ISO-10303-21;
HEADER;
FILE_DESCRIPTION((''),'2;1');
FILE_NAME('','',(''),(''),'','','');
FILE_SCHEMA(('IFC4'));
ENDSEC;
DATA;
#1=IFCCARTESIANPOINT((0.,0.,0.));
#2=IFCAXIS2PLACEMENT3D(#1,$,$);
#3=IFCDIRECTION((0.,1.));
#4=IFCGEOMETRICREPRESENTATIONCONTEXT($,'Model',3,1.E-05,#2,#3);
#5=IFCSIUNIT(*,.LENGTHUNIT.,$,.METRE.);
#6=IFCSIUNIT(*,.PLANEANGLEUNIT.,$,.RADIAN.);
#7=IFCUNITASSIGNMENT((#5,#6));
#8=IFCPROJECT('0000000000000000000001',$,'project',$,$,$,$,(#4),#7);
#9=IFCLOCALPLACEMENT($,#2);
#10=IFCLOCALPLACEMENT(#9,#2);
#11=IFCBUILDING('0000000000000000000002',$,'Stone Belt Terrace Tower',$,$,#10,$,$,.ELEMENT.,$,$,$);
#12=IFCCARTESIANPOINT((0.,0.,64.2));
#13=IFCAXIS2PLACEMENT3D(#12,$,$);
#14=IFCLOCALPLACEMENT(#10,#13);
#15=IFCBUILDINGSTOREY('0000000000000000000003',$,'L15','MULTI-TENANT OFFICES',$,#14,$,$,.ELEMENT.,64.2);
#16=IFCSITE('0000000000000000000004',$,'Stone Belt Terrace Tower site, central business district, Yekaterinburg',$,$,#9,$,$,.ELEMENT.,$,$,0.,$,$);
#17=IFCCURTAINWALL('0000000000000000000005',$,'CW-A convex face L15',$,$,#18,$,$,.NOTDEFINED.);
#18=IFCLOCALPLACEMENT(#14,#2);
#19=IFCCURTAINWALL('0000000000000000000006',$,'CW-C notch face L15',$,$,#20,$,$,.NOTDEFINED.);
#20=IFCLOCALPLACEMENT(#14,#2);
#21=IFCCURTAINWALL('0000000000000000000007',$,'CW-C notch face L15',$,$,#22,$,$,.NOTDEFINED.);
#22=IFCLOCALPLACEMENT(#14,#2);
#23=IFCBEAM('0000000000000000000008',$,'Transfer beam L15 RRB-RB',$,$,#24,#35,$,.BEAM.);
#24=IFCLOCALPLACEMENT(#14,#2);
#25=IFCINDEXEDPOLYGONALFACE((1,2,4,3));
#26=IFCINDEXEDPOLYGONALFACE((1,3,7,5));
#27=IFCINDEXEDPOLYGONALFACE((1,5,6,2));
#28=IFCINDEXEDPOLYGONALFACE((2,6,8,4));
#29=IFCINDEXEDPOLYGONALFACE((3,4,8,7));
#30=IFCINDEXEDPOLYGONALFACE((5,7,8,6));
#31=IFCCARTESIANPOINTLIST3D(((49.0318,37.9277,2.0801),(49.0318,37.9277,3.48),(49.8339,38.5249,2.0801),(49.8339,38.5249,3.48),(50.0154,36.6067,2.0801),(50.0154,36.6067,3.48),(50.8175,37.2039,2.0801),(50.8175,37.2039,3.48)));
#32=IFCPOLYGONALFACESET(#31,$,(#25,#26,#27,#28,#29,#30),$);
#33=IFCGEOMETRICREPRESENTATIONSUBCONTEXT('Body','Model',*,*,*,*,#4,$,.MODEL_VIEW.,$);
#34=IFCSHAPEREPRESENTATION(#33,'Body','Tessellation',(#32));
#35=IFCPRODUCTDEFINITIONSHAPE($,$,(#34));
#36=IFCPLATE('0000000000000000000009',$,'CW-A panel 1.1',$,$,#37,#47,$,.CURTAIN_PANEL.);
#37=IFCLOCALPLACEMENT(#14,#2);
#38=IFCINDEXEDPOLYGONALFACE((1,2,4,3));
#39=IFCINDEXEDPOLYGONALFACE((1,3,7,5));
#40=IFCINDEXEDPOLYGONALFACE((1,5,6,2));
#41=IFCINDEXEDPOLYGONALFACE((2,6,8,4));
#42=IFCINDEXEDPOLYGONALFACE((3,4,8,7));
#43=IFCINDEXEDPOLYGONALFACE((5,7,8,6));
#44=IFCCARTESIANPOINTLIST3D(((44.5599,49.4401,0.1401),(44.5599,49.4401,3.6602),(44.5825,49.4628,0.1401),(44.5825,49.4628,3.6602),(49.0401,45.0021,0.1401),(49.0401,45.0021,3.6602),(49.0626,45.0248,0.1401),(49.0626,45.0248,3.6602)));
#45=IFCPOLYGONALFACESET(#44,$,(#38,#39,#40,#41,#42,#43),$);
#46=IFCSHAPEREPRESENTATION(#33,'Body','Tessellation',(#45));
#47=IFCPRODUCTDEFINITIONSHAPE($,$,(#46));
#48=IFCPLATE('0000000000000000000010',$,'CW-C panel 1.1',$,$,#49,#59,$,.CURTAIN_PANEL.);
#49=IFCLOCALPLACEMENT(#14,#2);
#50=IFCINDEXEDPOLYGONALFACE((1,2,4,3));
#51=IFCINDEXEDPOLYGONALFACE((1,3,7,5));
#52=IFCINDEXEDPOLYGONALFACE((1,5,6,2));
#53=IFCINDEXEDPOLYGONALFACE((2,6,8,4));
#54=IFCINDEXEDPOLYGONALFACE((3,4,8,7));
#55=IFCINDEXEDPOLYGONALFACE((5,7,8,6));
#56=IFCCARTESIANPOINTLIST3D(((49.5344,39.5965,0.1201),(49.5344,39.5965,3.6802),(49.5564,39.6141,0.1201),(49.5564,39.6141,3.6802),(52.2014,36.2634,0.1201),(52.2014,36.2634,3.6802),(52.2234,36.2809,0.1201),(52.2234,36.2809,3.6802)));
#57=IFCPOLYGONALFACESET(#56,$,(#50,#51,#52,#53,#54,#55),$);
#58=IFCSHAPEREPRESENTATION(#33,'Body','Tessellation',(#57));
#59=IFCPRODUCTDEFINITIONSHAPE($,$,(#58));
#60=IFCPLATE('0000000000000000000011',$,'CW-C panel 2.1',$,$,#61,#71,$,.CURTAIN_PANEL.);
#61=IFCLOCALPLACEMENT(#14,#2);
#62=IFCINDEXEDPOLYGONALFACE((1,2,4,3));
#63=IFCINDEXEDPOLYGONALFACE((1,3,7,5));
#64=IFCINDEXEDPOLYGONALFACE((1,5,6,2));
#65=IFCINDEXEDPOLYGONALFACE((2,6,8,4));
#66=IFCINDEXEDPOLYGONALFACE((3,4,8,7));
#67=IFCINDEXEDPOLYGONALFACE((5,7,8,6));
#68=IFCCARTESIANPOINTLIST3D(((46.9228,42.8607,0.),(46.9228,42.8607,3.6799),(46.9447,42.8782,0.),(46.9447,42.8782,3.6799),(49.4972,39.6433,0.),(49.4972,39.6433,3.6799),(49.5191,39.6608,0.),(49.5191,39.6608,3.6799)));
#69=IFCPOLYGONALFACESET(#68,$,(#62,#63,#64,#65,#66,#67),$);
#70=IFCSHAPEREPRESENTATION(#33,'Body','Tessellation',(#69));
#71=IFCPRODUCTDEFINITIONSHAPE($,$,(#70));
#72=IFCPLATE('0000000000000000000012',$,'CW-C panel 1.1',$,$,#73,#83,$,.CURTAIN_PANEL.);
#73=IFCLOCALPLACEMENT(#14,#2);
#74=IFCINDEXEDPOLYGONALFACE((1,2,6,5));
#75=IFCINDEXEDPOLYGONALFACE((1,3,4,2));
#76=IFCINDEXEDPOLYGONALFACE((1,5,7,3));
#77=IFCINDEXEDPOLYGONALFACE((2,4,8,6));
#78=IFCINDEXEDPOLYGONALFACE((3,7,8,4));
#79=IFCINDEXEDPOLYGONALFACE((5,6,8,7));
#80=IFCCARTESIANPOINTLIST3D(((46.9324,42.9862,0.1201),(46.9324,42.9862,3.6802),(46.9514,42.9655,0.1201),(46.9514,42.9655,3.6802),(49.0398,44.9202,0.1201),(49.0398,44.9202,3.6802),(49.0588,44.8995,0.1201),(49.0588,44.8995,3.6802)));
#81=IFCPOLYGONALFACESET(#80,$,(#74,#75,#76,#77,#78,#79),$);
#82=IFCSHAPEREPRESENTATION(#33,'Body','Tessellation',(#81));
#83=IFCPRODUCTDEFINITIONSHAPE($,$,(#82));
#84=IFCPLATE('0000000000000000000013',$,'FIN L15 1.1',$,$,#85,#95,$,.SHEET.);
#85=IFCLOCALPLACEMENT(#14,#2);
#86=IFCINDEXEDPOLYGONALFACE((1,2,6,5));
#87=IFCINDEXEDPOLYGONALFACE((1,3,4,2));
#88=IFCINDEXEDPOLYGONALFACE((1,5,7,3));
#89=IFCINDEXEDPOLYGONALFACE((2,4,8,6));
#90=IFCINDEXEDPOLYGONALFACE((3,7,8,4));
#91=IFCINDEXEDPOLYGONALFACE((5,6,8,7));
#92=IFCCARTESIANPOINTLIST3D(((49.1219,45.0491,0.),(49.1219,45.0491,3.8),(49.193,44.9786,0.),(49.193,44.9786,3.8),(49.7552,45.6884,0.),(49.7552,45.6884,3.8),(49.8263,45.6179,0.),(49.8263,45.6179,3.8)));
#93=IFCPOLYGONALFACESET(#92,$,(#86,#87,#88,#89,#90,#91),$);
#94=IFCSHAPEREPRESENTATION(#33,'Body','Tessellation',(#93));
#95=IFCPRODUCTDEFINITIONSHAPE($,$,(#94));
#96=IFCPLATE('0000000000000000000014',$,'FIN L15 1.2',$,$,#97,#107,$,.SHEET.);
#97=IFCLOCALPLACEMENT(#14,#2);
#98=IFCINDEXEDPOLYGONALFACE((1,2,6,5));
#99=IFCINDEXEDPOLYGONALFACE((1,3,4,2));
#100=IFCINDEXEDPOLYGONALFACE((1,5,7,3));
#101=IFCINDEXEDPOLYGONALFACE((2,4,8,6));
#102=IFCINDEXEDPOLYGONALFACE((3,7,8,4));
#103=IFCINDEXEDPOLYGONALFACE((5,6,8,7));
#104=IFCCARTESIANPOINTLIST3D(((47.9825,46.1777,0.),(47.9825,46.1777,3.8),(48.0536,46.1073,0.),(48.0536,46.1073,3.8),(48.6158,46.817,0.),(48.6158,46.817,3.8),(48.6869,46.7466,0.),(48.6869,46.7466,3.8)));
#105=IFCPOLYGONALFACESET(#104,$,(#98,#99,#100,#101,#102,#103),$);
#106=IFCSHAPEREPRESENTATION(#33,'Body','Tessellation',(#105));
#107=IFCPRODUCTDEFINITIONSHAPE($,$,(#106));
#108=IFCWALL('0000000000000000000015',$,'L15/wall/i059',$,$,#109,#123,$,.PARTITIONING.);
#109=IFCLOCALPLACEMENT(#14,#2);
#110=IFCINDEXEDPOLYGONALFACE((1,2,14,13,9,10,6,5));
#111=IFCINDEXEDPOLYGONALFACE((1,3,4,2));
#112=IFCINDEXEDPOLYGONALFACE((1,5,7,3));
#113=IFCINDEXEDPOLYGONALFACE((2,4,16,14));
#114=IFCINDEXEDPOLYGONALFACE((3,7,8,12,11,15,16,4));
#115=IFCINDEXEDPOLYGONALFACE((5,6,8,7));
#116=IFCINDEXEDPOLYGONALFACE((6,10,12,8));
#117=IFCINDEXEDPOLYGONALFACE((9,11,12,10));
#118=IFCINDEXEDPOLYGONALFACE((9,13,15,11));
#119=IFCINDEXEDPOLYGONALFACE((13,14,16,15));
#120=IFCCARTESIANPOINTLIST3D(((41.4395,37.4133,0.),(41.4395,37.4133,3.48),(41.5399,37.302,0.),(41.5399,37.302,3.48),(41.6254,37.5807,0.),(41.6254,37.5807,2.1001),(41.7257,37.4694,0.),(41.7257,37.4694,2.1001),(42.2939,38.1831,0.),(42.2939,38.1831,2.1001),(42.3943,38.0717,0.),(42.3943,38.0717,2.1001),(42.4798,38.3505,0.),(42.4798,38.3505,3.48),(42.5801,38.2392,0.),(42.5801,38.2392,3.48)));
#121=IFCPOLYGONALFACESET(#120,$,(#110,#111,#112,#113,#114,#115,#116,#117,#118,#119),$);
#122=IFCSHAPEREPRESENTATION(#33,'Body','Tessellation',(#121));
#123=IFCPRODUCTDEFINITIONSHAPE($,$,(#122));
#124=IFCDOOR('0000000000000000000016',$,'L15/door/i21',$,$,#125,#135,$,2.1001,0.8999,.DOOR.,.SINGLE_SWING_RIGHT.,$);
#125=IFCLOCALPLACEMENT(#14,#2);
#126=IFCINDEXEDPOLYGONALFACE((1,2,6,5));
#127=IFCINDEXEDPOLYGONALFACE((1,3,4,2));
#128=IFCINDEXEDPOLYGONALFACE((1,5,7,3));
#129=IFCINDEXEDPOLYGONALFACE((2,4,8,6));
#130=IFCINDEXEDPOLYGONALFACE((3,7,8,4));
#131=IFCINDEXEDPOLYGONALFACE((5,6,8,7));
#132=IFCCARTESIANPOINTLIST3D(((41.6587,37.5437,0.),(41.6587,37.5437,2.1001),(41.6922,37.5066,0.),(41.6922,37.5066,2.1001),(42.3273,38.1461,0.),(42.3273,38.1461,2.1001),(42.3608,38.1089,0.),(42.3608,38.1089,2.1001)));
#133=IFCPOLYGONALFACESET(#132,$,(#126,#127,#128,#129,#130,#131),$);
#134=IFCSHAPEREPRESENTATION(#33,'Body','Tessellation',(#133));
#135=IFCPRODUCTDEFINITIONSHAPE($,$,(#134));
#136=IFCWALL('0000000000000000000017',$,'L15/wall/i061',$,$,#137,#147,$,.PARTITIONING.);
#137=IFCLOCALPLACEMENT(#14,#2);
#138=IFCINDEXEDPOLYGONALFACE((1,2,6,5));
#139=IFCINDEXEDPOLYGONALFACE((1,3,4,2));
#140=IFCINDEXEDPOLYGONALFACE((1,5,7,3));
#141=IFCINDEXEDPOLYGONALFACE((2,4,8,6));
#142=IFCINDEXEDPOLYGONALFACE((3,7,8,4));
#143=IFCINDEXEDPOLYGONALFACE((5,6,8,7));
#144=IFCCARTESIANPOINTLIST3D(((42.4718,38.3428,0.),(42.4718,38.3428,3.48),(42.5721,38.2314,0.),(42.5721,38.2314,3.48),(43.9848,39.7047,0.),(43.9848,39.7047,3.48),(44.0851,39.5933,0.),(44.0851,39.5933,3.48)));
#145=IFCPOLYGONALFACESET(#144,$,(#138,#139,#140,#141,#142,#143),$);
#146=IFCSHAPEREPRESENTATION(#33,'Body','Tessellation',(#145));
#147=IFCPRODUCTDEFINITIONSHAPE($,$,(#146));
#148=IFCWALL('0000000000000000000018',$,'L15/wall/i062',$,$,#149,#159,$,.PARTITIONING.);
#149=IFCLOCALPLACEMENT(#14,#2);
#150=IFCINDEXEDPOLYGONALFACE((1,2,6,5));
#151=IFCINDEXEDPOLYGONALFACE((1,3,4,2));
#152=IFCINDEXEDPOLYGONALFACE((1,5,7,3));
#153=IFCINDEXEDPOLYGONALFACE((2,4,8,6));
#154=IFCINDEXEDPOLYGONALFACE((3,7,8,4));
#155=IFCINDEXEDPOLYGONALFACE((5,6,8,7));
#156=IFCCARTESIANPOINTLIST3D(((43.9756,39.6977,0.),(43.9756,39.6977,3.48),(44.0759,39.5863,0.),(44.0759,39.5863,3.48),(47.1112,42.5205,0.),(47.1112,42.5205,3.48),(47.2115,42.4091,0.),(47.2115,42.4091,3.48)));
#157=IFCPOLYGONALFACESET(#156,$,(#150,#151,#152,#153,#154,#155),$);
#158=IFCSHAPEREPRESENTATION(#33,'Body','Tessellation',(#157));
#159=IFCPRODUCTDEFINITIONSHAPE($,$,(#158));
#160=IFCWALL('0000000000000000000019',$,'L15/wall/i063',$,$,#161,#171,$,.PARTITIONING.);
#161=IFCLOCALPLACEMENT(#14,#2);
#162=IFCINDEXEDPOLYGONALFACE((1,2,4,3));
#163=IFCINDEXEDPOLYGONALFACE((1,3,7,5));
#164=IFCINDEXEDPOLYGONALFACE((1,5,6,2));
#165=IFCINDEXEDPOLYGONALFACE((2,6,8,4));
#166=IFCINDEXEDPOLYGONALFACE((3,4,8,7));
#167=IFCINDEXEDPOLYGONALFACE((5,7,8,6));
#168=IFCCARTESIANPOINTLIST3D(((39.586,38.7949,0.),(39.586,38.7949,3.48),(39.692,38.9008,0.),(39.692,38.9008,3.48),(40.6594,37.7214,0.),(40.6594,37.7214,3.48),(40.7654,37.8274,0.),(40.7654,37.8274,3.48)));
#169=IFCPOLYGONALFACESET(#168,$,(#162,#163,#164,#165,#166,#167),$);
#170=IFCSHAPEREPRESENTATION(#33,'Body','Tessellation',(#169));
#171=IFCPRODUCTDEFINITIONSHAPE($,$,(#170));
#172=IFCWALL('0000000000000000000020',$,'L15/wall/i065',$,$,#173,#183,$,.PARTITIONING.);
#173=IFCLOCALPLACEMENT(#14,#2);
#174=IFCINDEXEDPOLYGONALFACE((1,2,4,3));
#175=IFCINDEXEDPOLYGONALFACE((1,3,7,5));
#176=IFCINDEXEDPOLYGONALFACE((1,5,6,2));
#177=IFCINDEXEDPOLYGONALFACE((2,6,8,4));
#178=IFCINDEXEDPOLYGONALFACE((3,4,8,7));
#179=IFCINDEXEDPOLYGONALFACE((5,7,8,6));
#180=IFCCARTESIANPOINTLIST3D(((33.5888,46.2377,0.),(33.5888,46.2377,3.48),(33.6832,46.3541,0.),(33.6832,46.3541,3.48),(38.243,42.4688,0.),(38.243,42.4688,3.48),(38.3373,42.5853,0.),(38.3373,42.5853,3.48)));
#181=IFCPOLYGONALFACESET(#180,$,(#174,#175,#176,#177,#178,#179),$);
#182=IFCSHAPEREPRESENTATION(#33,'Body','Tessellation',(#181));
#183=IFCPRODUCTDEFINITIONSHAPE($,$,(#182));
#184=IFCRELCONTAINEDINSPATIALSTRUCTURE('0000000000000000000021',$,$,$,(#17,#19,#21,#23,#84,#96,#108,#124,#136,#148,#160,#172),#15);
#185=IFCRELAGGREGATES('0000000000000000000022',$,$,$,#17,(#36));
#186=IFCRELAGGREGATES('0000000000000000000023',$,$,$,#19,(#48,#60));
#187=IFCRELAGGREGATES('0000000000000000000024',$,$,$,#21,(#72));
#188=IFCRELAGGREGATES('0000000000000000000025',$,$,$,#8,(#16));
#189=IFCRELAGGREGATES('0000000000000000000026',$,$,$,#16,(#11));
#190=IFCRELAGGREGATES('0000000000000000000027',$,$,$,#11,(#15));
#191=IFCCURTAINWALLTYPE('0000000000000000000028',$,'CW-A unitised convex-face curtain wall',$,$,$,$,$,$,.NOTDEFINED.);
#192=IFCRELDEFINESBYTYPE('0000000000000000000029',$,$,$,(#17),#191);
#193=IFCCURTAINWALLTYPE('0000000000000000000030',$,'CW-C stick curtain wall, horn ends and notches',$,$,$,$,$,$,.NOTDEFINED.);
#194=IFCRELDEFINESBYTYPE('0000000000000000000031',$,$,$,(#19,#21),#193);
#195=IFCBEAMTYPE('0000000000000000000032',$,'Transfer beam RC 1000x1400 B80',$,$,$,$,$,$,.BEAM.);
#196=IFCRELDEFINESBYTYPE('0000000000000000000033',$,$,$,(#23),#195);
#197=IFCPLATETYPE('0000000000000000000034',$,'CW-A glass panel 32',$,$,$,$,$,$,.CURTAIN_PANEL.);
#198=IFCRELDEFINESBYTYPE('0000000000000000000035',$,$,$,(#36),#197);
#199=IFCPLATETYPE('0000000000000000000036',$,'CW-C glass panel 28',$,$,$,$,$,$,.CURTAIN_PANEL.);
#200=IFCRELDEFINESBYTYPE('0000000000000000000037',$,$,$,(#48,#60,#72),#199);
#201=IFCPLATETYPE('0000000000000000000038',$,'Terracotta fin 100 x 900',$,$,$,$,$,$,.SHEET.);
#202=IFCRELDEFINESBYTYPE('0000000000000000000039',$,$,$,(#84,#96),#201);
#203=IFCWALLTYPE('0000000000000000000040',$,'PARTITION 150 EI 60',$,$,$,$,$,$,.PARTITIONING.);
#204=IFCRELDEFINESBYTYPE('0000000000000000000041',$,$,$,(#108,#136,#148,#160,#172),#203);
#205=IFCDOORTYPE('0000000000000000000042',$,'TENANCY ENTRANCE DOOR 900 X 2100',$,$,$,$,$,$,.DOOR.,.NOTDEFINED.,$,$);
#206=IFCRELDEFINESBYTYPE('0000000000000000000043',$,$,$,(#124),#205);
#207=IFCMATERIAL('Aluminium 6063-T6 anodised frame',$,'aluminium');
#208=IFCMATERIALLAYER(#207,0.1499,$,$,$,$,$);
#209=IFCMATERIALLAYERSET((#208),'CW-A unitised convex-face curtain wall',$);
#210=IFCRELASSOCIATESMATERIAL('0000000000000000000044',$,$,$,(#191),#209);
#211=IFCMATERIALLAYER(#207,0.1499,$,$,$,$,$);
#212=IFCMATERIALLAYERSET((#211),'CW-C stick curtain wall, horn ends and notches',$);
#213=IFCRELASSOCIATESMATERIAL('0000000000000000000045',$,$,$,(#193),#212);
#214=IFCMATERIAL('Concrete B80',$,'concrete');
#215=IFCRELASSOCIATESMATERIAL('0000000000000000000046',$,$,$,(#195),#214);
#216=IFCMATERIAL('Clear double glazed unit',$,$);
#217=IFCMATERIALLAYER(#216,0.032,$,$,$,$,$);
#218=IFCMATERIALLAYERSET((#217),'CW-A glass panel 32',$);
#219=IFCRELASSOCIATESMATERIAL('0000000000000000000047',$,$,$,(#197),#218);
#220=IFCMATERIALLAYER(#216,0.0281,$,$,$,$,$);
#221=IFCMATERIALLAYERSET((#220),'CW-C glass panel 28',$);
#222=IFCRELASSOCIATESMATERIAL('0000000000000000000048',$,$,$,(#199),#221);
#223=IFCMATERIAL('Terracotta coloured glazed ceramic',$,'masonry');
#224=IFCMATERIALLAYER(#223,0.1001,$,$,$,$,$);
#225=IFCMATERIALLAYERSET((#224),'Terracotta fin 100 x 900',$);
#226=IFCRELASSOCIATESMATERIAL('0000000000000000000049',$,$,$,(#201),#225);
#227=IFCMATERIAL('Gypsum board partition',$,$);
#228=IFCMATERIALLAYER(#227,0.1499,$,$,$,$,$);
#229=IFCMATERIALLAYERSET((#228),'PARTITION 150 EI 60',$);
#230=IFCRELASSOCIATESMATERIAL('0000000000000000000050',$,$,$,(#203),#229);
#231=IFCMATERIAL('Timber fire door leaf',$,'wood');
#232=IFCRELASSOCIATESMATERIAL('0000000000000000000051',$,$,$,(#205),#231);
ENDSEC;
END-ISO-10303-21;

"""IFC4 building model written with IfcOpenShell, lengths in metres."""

from ifc_helpers import new_model, si_unit, direction, frame, frame_2d, origin, origin_2d, place, context, subcontext, project, spatial, rectangle, extrude, material, layer, layer_set, material_profile, profile_set, type_object, element, fill, aggregate, save


model = new_model("IFC4")

# Units and contexts
model_context = context("Model", 3, precision=1e-05, world=origin(), true_north=direction((0.0, 1.0)))
body_context = subcontext(model_context, "Body", "Model", "MODEL_VIEW")
ifc_project = project(units=[si_unit("LENGTHUNIT", "METRE"), si_unit("PLANEANGLEUNIT", "RADIAN")], contexts=[model_context])

# Site, building, storey
site_placement = place(None, origin())
site = spatial("IfcSite", under=ifc_project, at=site_placement, Name="Stone Belt Terrace Tower site, central business district, Yekaterinburg", CompositionType="ELEMENT", RefElevation=0.0)
building_placement = place(site_placement, origin())
building = spatial("IfcBuilding", under=site, at=building_placement, Name="Stone Belt Terrace Tower", CompositionType="ELEMENT")
storey_placement = place(building_placement, frame((0.0, 0.0, 64.2)))
storey = spatial("IfcBuildingStorey", under=building, at=storey_placement, Name="L15", Description="MULTI-TENANT OFFICES", CompositionType="ELEMENT", Elevation=64.2)

# Shared definitions
ifc_material_1 = material(Name="Concrete B80", Category="concrete")

# Curtain wall
ifc_material_2 = material(Name="Aluminium 6063-T6 anodised frame", Category="aluminium")
ifc_layer_1 = layer(ifc_material_2, 0.1499)
ifc_layer_set_1 = layer_set([ifc_layer_1], Name="CW-A unitised convex-face curtain wall")
curtain_wall_type_1 = type_object("IfcCurtainWallType", Name="CW-A unitised convex-face curtain wall", PredefinedType="NOTDEFINED", material=ifc_layer_set_1)
curtain_wall_1_placement = place(storey_placement, origin())
curtain_wall_1 = element("IfcCurtainWall", 1, at=curtain_wall_1_placement, inside=storey, type_object=curtain_wall_type_1, Name="CW-A convex face L15", PredefinedType="NOTDEFINED")

# Curtain walls
ifc_layer_2 = layer(ifc_material_2, 0.1499)
ifc_layer_set_2 = layer_set([ifc_layer_2], Name="CW-C stick curtain wall, horn ends and notches")
curtain_wall_type_2 = type_object("IfcCurtainWallType", Name="CW-C stick curtain wall, horn ends and notches", PredefinedType="NOTDEFINED", material=ifc_layer_set_2)
curtain_wall_2_placement = place(storey_placement, origin())
curtain_wall_2 = element("IfcCurtainWall", 2, at=curtain_wall_2_placement, inside=storey, type_object=curtain_wall_type_2, Name="CW-C notch face L15", PredefinedType="NOTDEFINED")
curtain_wall_3_placement = place(storey_placement, origin())
curtain_wall_3 = element("IfcCurtainWall", 3, at=curtain_wall_3_placement, inside=storey, type_object=curtain_wall_type_2, Name="CW-C notch face L15", PredefinedType="NOTDEFINED")

# Beam
ifc_material_profile_1 = material_profile(ifc_material_1, rectangle(XDim=1.0, YDim=1.3999, at=origin_2d()), Name="RC 1000x1400")
ifc_profile_set_1 = profile_set([ifc_material_profile_1], Name="Concrete B80")
beam_type = type_object("IfcBeamType", Name="Transfer beam RC 1000x1400 B80", PredefinedType="BEAM", material=ifc_profile_set_1)
beam_1_placement = place(storey_placement, frame((49.4329, 38.2263, 2.78), z_axis=(0.597222, -0.802076, 0.0), x_axis=(0.802076, 0.597222, 0.0)))
element("IfcBeam", 4, at=beam_1_placement, inside=storey, type_object=beam_type, Name="Transfer beam L15 RRB-RB", PredefinedType="BEAM", context=body_context, shape_type="SweptSolid", body=[
    extrude(rectangle(XDim=1.0, YDim=1.3999, at=origin_2d()), origin(), (0.0, 0.0, 1.0), 1.647),
])

# Plates
ifc_material_3 = material(Name="Clear double glazed unit")
ifc_layer_3 = layer(ifc_material_3, 0.032)
ifc_layer_set_3 = layer_set([ifc_layer_3], Name="CW-A glass panel 32")
plate_type_1 = type_object("IfcPlateType", Name="CW-A glass panel 32", PredefinedType="CURTAIN_PANEL", material=ifc_layer_set_3)
plate_1_placement = place(storey_placement, frame((46.8113, 47.2324, 0.1401), z_axis=(0.0, 0.0, 1.0), x_axis=(-0.710443, 0.703754, 0.0)))
plate_1 = element("IfcPlate", 5, at=plate_1_placement, type_object=plate_type_1, Name="CW-A panel 1.1", PredefinedType="CURTAIN_PANEL", context=body_context, shape_type="SweptSolid", body=[
    extrude(rectangle(XDim=6.3062, YDim=0.032, at=origin_2d()), origin(), (0.0, 0.0, 1.0), 3.52),
])
aggregate(curtain_wall_1, [plate_1])
ifc_layer_4 = layer(ifc_material_3, 0.0281)
ifc_layer_set_4 = layer_set([ifc_layer_4], Name="CW-C glass panel 28")
plate_type_2 = type_object("IfcPlateType", Name="CW-C glass panel 28", PredefinedType="CURTAIN_PANEL", material=ifc_layer_set_4)
plate_2_placement = place(storey_placement, frame((50.8789, 37.9387, 0.1201), z_axis=(0.0, 0.0, 1.0), x_axis=(-0.624764, 0.780814, 0.0)))
plate_2 = element("IfcPlate", 6, at=plate_2_placement, type_object=plate_type_2, Name="CW-C panel 1.1", PredefinedType="CURTAIN_PANEL", context=body_context, shape_type="SweptSolid", body=[
    extrude(rectangle(XDim=4.2688, YDim=0.0281, at=origin_2d()), origin(), (0.0, 0.0, 1.0), 3.5601),
])
plate_3_placement = place(storey_placement, frame((48.2209, 41.2607, 0.0), z_axis=(0.0, 0.0, 1.0), x_axis=(-0.624764, 0.780814, 0.0)))
plate_3 = element("IfcPlate", 7, at=plate_3_placement, type_object=plate_type_2, Name="CW-C panel 2.1", PredefinedType="CURTAIN_PANEL", context=body_context, shape_type="SweptSolid", body=[
    extrude(rectangle(XDim=4.1206, YDim=0.0281, at=origin_2d()), origin(), (0.0, 0.0, 1.0), 3.6799),
])
aggregate(curtain_wall_2, [plate_2, plate_3])
plate_4_placement = place(storey_placement, frame((47.9956, 43.9429, 0.1201), z_axis=(0.0, 0.0, 1.0), x_axis=(0.736782, 0.676131, 0.0)))
plate_4 = element("IfcPlate", 8, at=plate_4_placement, type_object=plate_type_2, Name="CW-C panel 1.1", PredefinedType="CURTAIN_PANEL", context=body_context, shape_type="SweptSolid", body=[
    extrude(rectangle(XDim=2.8604, YDim=0.0281, at=origin_2d()), origin(), (0.0, 0.0, 1.0), 3.5601),
])
aggregate(curtain_wall_3, [plate_4])

# Plates
ifc_material_4 = material(Name="Terracotta coloured glazed ceramic", Category="masonry")
ifc_layer_5 = layer(ifc_material_4, 0.1001)
ifc_layer_set_5 = layer_set([ifc_layer_5], Name="Terracotta fin 100 x 900")
plate_type_3 = type_object("IfcPlateType", Name="Terracotta fin 100 x 900", PredefinedType="SHEET", material=ifc_layer_set_5)
for number, where, z_axis, x_axis, name in (
    (9, (49.4741, 45.3335, 0.0), (0.0, 0.0, 1.0), (0.703754, 0.710443, 0.0), "FIN L15 1.1"),
    (10, (48.3347, 46.4622, 0.0), (0.0, 0.0, 1.0), (0.703754, 0.710443, 0.0), "FIN L15 1.2"),
):
    element("IfcPlate", number, at=place(storey_placement, frame(where, z_axis=z_axis, x_axis=x_axis)), inside=storey, type_object=plate_type_3, Name=name, PredefinedType="SHEET", context=body_context, shape_type="SweptSolid", body=[
        extrude(rectangle(XDim=0.8999, YDim=0.1001, at=origin_2d()), origin(), (0.0, 0.0, 1.0), 3.8),
    ])

# Wall, opening, door
ifc_material_5 = material(Name="Gypsum board partition")
ifc_layer_6 = layer(ifc_material_5, 0.1499)
ifc_layer_set_6 = layer_set([ifc_layer_6], Name="PARTITION 150 EI 60")
wall_type = type_object("IfcWallType", Name="PARTITION 150 EI 60", PredefinedType="PARTITIONING", material=ifc_layer_set_6)
wall_1_placement = place(storey_placement, frame((42.53, 38.2949, 0.0), z_axis=(0.0, 0.0, 1.0), x_axis=(-0.742939, -0.66936, 0.0)))
wall_1 = element("IfcWall", 11, at=wall_1_placement, inside=storey, type_object=wall_type, Name="L15/wall/i059", PredefinedType="PARTITIONING", context=body_context, shape_type="SweptSolid", body=[
    extrude(rectangle(XDim=1.4001, YDim=0.1499, at=frame_2d((0.7002, 0.0))), origin(), (0.0, 0.0, 1.0), 3.48),
])
opening_1_placement = place(wall_1_placement, frame((0.2502, 0.0, 0.0)))
opening_1 = element("IfcOpeningElement", 12, at=opening_1_placement, cuts=wall_1, PredefinedType="OPENING", context=body_context, shape_type="SweptSolid", body=[
    extrude(rectangle(XDim=0.8999, YDim=2.1001, at=frame_2d((0.45, 1.05))), frame((0.0, 0.085, 0.0), z_axis=(0.0, -1.0, 0.0), x_axis=(1.0, 0.0, 0.0)), (0.0, 0.0, 1.0), 0.1699),
])
ifc_material_6 = material(Name="Timber fire door leaf", Category="wood")
door_type_1 = type_object("IfcDoorType", Name="TENANCY ENTRANCE DOOR 900 X 2100", OperationType="NOTDEFINED", PredefinedType="DOOR", material=ifc_material_6)
door_1_placement = place(opening_1_placement, origin())
door_1 = element("IfcDoor", 13, at=door_1_placement, inside=storey, type_object=door_type_1, Name="L15/door/i21", OperationType="SINGLE_SWING_RIGHT", OverallHeight=2.1001, OverallWidth=0.8999, PredefinedType="DOOR", context=body_context, shape_type="SweptSolid", body=[
    extrude(rectangle(XDim=0.8999, YDim=2.1001, at=frame_2d((0.45, 1.05))), frame((0.0, 0.0249, 0.0), z_axis=(0.0, -1.0, 0.0), x_axis=(1.0, 0.0, 0.0)), (0.0, 0.0, 1.0), 0.05),
])
fill(opening_1, door_1)

# Walls
wall_2_placement = place(storey_placement, frame((42.522, 38.2871, 0.0), z_axis=(0.0, 0.0, 1.0), x_axis=(0.743252, 0.669011, 0.0)))
element("IfcWall", 14, at=wall_2_placement, inside=storey, type_object=wall_type, Name="L15/wall/i061", PredefinedType="PARTITIONING", context=body_context, shape_type="SweptSolid", body=[
    extrude(rectangle(XDim=2.0356, YDim=0.1499, at=frame_2d((1.0178, 0.0))), origin(), (0.0, 0.0, 1.0), 3.48),
])
wall_3_placement = place(storey_placement, frame((44.0259, 39.6421, 0.0), z_axis=(0.0, 0.0, 1.0), x_axis=(0.743199, 0.66907, 0.0)))
element("IfcWall", 15, at=wall_3_placement, inside=storey, type_object=wall_type, Name="L15/wall/i062", PredefinedType="PARTITIONING", context=body_context, shape_type="SweptSolid", body=[
    extrude(rectangle(XDim=4.219, YDim=0.1499, at=frame_2d((2.1094, 0.0))), origin(), (0.0, 0.0, 1.0), 3.48),
])
wall_4_placement = place(storey_placement, frame((40.7124, 37.7744, 0.0), z_axis=(0.0, 0.0, 1.0), x_axis=(-0.707107, 0.707107, 0.0)))
element("IfcWall", 16, at=wall_4_placement, inside=storey, type_object=wall_type, Name="L15/wall/i063", PredefinedType="PARTITIONING", context=body_context, shape_type="SweptSolid", body=[
    extrude(rectangle(XDim=1.5181, YDim=0.1499, at=frame_2d((0.759, 0.0))), origin(), (0.0, 0.0, 1.0), 3.48),
])
wall_5_placement = place(storey_placement, frame((33.636, 46.2959, 0.0), z_axis=(0.0, 0.0, 1.0), x_axis=(0.777144, -0.629323, 0.0)))
element("IfcWall", 17, at=wall_5_placement, inside=storey, type_object=wall_type, Name="L15/wall/i065", PredefinedType="PARTITIONING", context=body_context, shape_type="SweptSolid", body=[
    extrude(rectangle(XDim=5.9888, YDim=0.1499, at=frame_2d((2.9944, 0.0))), origin(), (0.0, 0.0, 1.0), 3.48),
])

save(model, "model.ifc")
